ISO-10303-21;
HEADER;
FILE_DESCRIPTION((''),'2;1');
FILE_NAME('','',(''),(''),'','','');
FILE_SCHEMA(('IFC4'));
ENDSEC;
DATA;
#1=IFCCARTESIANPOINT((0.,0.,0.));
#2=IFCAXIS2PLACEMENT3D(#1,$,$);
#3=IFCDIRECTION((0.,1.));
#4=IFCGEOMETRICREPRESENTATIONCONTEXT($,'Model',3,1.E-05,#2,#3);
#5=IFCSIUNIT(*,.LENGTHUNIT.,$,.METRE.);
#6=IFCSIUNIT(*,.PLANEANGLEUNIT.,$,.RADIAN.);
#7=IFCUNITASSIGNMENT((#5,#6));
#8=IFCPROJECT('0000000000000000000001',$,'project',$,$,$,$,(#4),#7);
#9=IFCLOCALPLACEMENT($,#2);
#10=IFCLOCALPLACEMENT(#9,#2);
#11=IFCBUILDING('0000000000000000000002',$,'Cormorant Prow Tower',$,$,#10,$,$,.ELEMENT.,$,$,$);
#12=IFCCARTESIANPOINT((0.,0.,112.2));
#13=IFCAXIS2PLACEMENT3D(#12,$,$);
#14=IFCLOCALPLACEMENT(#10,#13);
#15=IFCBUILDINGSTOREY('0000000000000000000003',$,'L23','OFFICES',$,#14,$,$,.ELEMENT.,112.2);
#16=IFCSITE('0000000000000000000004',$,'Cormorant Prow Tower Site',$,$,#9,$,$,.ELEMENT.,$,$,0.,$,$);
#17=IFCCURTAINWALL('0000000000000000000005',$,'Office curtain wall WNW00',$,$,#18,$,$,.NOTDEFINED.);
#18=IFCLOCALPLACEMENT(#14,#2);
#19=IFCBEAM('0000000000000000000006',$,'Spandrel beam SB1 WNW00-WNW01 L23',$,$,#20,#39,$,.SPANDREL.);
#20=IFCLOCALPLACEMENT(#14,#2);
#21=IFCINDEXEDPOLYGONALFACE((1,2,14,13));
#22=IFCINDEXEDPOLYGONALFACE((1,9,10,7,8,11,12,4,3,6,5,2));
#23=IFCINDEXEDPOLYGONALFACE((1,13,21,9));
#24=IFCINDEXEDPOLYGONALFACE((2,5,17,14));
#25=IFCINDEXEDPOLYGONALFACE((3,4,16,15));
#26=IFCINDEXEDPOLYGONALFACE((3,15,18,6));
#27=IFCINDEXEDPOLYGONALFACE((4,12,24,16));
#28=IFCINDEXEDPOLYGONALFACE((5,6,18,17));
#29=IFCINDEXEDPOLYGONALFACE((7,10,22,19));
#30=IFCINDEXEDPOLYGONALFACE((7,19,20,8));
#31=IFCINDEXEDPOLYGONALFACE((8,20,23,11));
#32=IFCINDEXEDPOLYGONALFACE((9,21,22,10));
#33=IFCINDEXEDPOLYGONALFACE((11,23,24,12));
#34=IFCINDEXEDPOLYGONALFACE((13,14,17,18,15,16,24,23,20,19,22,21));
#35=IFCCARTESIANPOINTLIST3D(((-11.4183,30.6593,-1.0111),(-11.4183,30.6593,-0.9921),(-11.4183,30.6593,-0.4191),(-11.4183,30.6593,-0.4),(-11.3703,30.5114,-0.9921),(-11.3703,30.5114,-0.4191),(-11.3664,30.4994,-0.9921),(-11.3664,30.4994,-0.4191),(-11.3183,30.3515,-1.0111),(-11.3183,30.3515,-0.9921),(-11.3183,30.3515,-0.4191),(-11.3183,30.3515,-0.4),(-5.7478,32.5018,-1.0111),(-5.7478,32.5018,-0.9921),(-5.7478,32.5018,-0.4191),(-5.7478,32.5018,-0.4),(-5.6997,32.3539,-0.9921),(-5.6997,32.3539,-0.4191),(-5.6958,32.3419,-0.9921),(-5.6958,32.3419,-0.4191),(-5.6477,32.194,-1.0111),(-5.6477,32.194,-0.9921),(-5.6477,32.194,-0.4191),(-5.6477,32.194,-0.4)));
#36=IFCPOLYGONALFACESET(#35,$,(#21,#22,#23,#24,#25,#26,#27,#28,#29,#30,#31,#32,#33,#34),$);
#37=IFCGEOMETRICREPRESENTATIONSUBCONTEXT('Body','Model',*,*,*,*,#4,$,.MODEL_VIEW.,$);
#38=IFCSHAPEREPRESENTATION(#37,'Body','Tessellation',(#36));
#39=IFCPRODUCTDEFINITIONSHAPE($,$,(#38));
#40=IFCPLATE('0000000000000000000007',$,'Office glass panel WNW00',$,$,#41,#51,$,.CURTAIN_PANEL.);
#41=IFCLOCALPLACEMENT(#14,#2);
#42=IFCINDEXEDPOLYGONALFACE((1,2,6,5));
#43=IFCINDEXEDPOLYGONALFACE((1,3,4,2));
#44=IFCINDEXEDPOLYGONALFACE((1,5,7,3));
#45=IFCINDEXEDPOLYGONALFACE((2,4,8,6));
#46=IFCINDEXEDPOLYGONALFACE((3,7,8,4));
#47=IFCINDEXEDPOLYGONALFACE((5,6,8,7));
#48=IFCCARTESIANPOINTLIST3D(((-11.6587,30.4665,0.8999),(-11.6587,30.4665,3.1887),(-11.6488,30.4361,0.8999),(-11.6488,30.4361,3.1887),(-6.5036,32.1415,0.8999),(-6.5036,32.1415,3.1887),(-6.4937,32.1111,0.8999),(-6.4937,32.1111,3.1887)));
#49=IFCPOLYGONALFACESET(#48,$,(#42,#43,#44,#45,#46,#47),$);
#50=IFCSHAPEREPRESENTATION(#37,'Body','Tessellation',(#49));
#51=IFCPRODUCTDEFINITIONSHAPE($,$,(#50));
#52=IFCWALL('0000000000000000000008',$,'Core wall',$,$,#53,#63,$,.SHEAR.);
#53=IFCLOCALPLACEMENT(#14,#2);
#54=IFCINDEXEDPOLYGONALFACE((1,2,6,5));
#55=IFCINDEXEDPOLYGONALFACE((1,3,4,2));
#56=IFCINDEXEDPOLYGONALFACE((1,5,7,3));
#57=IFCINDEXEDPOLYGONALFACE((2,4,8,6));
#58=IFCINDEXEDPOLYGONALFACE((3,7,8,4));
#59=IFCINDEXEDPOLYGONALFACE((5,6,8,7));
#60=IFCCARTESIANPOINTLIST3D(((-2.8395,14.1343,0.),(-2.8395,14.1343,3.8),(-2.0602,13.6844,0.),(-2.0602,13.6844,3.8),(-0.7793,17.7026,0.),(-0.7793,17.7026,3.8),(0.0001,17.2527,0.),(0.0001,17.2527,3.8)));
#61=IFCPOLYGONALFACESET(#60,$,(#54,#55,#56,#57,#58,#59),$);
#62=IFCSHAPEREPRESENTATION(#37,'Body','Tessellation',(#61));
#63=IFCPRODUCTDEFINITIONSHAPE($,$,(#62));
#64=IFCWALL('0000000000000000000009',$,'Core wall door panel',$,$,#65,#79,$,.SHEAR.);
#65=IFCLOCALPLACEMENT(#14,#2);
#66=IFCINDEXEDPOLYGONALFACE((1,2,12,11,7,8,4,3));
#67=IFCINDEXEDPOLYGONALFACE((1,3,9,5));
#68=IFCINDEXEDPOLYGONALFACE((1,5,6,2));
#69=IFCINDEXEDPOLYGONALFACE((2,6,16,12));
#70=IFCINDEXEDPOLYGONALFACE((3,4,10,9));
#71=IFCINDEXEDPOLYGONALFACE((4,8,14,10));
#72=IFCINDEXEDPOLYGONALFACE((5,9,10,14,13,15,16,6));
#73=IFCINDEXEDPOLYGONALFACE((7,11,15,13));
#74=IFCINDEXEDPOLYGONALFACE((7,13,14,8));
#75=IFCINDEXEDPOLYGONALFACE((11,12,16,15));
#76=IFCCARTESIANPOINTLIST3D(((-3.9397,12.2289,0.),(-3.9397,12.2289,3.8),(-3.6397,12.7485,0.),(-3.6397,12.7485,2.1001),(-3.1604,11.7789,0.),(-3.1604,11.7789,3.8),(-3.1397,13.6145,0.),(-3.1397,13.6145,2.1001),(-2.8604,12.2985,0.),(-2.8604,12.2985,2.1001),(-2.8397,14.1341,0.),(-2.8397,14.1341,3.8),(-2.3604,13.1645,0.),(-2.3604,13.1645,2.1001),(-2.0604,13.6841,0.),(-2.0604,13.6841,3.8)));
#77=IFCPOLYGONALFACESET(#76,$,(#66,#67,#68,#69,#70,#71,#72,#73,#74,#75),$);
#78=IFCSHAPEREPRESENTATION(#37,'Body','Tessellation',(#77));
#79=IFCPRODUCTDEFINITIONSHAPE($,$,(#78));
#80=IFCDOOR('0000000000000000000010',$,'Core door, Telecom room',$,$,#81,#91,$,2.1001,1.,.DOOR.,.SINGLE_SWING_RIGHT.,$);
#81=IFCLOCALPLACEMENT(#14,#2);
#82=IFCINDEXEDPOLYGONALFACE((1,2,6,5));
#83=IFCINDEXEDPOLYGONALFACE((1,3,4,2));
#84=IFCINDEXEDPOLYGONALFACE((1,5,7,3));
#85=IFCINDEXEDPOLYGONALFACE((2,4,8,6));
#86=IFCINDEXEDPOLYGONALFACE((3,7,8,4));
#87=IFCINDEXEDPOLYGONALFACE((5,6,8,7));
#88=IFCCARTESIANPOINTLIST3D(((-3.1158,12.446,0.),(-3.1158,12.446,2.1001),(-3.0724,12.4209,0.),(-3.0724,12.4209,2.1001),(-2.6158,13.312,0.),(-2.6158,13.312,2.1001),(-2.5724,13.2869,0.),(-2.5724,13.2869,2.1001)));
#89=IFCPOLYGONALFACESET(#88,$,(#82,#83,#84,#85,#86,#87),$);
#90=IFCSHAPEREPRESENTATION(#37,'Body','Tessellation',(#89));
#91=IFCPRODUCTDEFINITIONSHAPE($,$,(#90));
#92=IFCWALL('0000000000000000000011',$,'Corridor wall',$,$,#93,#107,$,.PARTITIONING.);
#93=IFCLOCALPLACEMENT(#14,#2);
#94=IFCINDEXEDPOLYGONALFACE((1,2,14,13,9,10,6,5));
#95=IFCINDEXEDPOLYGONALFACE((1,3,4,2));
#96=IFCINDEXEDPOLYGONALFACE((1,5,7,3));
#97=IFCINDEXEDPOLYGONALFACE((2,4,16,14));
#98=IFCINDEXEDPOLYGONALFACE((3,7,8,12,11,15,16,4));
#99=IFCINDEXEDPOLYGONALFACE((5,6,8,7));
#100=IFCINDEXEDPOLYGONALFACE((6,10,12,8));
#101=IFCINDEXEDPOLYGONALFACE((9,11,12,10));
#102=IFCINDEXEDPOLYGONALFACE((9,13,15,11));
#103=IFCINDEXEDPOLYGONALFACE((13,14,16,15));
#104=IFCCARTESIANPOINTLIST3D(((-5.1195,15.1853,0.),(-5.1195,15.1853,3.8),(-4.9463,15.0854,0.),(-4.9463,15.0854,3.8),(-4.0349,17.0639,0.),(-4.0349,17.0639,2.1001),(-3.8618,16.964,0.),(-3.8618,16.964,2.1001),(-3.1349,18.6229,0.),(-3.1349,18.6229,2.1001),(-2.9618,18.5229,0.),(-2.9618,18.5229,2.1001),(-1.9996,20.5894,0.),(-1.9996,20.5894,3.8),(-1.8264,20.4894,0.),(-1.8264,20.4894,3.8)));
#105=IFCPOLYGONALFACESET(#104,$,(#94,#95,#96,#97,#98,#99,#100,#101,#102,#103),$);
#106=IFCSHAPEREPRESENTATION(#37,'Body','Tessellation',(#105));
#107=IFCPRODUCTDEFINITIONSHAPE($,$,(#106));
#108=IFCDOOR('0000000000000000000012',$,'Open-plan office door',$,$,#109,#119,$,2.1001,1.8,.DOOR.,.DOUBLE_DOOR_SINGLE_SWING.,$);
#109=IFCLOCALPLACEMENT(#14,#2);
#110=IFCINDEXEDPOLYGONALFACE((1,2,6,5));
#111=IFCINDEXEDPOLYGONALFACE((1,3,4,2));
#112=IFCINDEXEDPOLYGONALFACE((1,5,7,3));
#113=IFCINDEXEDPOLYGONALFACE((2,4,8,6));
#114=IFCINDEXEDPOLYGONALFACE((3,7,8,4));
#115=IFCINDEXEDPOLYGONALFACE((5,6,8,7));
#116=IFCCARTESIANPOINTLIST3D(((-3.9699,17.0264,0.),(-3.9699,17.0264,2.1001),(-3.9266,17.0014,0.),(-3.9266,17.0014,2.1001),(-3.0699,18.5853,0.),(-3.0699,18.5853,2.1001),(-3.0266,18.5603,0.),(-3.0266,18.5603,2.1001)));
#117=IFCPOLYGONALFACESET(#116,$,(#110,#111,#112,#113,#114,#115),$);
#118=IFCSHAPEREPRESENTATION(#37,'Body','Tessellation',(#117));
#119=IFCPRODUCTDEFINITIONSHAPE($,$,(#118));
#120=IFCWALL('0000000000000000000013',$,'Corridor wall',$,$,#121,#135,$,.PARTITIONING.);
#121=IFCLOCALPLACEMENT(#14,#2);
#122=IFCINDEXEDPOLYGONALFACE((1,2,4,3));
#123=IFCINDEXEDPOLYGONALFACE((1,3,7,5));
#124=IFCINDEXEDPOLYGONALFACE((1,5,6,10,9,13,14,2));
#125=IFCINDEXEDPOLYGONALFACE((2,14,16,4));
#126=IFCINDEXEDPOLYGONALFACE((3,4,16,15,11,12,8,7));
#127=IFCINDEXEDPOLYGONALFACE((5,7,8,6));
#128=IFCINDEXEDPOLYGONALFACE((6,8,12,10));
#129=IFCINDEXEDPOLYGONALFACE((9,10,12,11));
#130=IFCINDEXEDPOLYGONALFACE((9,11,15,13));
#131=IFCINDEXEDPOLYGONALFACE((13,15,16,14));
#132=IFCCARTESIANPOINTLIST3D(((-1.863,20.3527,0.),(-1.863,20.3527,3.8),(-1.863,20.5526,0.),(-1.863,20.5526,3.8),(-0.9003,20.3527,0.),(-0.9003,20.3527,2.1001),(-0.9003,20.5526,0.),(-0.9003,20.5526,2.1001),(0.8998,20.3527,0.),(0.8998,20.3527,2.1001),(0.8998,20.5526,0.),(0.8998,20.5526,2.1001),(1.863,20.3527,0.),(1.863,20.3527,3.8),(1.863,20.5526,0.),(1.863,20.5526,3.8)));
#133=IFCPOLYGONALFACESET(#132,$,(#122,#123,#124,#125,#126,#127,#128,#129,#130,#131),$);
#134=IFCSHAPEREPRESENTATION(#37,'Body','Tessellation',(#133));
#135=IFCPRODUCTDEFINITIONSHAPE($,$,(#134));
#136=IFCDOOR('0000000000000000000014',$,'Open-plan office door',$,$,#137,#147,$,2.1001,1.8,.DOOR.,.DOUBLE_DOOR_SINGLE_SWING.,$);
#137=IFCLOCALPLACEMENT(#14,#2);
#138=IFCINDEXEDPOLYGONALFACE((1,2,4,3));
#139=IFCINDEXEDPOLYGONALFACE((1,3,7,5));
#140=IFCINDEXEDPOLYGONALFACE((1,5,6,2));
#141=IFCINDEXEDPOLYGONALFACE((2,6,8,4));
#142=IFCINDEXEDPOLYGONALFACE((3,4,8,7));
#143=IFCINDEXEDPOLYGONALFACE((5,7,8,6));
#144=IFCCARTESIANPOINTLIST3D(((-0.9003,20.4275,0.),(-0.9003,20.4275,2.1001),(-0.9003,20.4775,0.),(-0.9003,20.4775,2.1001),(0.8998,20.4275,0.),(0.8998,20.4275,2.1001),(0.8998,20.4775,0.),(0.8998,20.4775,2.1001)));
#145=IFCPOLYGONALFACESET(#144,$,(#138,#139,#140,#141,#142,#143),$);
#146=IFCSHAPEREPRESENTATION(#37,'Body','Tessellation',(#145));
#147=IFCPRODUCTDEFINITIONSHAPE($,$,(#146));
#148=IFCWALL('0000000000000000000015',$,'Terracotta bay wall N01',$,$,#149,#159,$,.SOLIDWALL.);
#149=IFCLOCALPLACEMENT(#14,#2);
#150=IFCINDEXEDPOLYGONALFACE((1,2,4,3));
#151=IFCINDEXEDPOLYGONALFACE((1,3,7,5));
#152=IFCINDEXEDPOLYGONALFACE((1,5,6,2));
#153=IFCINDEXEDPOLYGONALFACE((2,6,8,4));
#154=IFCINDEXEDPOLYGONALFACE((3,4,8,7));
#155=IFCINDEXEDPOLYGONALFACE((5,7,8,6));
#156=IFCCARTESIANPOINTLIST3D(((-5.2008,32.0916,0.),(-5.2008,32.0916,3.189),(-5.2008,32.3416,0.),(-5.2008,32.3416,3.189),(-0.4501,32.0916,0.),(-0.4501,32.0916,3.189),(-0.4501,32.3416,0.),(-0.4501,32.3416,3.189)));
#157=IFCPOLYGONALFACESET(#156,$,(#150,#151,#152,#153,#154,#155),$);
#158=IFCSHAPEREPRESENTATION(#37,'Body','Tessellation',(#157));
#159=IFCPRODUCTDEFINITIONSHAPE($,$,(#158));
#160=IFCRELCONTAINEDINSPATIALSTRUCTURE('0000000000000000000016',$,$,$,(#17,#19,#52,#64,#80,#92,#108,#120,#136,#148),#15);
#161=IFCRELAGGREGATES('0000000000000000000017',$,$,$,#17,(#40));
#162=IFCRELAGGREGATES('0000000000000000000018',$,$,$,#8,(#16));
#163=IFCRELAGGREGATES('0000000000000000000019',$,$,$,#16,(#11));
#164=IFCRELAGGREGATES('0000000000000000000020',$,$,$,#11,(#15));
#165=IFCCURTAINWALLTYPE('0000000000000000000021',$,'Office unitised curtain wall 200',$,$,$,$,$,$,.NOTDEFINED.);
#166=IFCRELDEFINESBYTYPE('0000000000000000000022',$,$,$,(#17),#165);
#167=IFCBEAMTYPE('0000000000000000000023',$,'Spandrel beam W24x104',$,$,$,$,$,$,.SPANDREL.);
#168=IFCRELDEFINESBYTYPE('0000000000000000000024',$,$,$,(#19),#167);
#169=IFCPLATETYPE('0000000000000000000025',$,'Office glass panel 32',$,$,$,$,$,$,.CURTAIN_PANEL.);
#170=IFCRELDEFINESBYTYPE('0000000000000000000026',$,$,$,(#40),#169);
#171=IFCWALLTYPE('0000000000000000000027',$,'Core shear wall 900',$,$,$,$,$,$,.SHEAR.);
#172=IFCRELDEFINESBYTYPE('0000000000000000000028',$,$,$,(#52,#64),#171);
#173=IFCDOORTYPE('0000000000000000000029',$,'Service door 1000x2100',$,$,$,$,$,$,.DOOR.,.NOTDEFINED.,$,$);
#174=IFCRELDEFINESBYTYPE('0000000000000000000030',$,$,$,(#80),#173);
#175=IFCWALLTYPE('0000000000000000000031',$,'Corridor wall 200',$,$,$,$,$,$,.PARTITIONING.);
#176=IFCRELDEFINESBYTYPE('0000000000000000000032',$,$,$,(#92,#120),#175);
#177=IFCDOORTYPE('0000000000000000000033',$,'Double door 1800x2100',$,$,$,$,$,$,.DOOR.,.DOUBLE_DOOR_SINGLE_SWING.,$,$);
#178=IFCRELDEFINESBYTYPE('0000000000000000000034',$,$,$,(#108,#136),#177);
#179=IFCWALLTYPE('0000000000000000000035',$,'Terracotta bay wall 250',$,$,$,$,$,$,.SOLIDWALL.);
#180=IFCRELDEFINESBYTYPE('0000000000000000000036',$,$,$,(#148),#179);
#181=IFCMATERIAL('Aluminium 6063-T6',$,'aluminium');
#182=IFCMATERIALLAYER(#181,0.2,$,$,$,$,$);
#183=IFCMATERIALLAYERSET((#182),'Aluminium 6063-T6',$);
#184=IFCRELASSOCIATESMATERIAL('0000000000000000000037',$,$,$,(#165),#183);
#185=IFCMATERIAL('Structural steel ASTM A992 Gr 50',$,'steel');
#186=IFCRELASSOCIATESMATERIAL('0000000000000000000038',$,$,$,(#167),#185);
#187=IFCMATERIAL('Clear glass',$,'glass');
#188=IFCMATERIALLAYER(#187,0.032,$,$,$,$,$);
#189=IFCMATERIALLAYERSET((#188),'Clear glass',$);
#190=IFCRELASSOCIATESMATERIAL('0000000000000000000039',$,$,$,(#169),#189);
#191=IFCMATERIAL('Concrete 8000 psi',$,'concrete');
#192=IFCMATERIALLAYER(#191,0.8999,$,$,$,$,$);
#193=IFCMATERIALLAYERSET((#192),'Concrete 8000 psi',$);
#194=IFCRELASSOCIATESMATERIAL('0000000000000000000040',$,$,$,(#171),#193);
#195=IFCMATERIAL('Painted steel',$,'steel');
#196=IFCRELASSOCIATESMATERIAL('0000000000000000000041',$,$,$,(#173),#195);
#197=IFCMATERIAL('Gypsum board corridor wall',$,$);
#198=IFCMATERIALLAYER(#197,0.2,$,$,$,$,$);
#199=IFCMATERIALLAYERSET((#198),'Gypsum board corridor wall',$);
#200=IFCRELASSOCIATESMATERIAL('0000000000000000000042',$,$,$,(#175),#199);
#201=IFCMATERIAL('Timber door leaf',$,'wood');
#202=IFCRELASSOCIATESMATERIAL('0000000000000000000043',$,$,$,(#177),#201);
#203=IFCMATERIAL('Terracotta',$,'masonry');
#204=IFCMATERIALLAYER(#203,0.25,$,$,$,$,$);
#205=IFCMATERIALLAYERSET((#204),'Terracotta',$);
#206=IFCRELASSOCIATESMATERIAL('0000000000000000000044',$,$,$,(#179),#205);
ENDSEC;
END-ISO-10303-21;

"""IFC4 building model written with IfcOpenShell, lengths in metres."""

from ifc_helpers import new_model, si_unit, direction, frame, frame_2d, origin, origin_2d, place, context, subcontext, project, spatial, rectangle, i_section, extrude, material, layer, layer_set, material_profile, profile_set, type_object, element, fill, aggregate, save


model = new_model("IFC4")

# Units and contexts
model_context = context("Model", 3, precision=1e-05, world=origin(), true_north=direction((0.0, 1.0)))
body_context = subcontext(model_context, "Body", "Model", "MODEL_VIEW")
ifc_project = project(units=[si_unit("LENGTHUNIT", "METRE"), si_unit("PLANEANGLEUNIT", "RADIAN")], contexts=[model_context])

# Site, building, storey
site_placement = place(None, origin())
site = spatial("IfcSite", under=ifc_project, at=site_placement, Name="Cormorant Prow Tower Site", CompositionType="ELEMENT", RefElevation=0.0)
building_placement = place(site_placement, origin())
building = spatial("IfcBuilding", under=site, at=building_placement, Name="Cormorant Prow Tower", CompositionType="ELEMENT")
storey_placement = place(building_placement, frame((0.0, 0.0, 112.2)))
storey = spatial("IfcBuildingStorey", under=building, at=storey_placement, Name="L23", Description="OFFICES", CompositionType="ELEMENT", Elevation=112.2)

# Curtain wall
ifc_material_1 = material(Name="Aluminium 6063-T6", Category="aluminium")
ifc_layer_1 = layer(ifc_material_1, 0.2)
ifc_layer_set_1 = layer_set([ifc_layer_1], Name="Aluminium 6063-T6")
curtain_wall_type = type_object("IfcCurtainWallType", Name="Office unitised curtain wall 200", PredefinedType="NOTDEFINED", material=ifc_layer_set_1)
curtain_wall_placement = place(storey_placement, origin())
curtain_wall = element("IfcCurtainWall", 1, at=curtain_wall_placement, inside=storey, type_object=curtain_wall_type, Name="Office curtain wall WNW00", PredefinedType="NOTDEFINED")

# Beam
ifc_material_2 = material(Name="Structural steel ASTM A992 Gr 50", Category="steel")
ifc_material_profile_1 = material_profile(ifc_material_2, i_section(OverallWidth=0.3237, OverallDepth=0.6111, WebThickness=0.0127, FlangeThickness=0.019, at=origin_2d()), Name="W24x104")
ifc_profile_set_1 = profile_set([ifc_material_profile_1], Name="Structural steel ASTM A992 Gr 50")
beam_type_1 = type_object("IfcBeamType", Name="Spandrel beam W24x104", PredefinedType="SPANDREL", material=ifc_profile_set_1)
beam_1_placement = place(storey_placement, frame((-5.6978, 32.3479, -0.7056), z_axis=(-0.951055, -0.30902, 0.0), x_axis=(0.30902, -0.951055, 0.0)))
element("IfcBeam", 2, at=beam_1_placement, inside=storey, type_object=beam_type_1, Name="Spandrel beam SB1 WNW00-WNW01 L23", PredefinedType="SPANDREL", context=body_context, shape_type="SweptSolid", body=[
    extrude(i_section(OverallWidth=0.3237, OverallDepth=0.6111, WebThickness=0.0127, FlangeThickness=0.019, at=origin_2d()), origin(), (0.0, 0.0, 1.0), 5.9624),
])

# Plate
ifc_material_3 = material(Name="Clear glass", Category="glass")
ifc_layer_2 = layer(ifc_material_3, 0.032)
ifc_layer_set_2 = layer_set([ifc_layer_2], Name="Clear glass")
plate_type = type_object("IfcPlateType", Name="Office glass panel 32", PredefinedType="CURTAIN_PANEL", material=ifc_layer_set_2)
plate_placement = place(storey_placement, frame((-9.0762, 31.2888, 0.8999), z_axis=(0.0, 0.0, 1.0), x_axis=(-0.951057, -0.309017, 0.0)))
plate = element("IfcPlate", 3, at=plate_placement, type_object=plate_type, Name="Office glass panel WNW00", PredefinedType="CURTAIN_PANEL", context=body_context, shape_type="SweptSolid", body=[
    extrude(rectangle(XDim=5.4204, YDim=0.032, at=origin_2d()), origin(), (0.0, 0.0, 1.0), 2.2888),
])
aggregate(curtain_wall, [plate])

# Wall
ifc_material_4 = material(Name="Concrete 8000 psi", Category="concrete")
ifc_layer_3 = layer(ifc_material_4, 0.8999)
ifc_layer_set_3 = layer_set([ifc_layer_3], Name="Concrete 8000 psi")
wall_type_1 = type_object("IfcWallType", Name="Core shear wall 900", PredefinedType="SHEAR", material=ifc_layer_set_3)
wall_1_placement = place(storey_placement, frame((-0.3896, 17.4775, 0.0), z_axis=(0.0, 0.0, 1.0), x_axis=(-0.50002, -0.866014, 0.0)))
element("IfcWall", 4, at=wall_1_placement, inside=storey, type_object=wall_type_1, Name="Core wall", PredefinedType="SHEAR", context=body_context, shape_type="SweptSolid", body=[
    extrude(rectangle(XDim=4.1204, YDim=0.8999, at=frame_2d((2.0601, 0.0))), origin(), (0.0, 0.0, 1.0), 3.8),
])

# Walls, openings, doors
wall_2_placement = place(storey_placement, frame((-2.45, 13.9092, 0.0), z_axis=(0.0, 0.0, 1.0), x_axis=(-0.50003, -0.866008, 0.0)))
wall_2 = element("IfcWall", 5, at=wall_2_placement, inside=storey, type_object=wall_type_1, Name="Core wall door panel", PredefinedType="SHEAR", context=body_context, shape_type="SweptSolid", body=[
    extrude(rectangle(XDim=2.2, YDim=0.8999, at=frame_2d((1.1001, 0.0))), origin(), (0.0, 0.0, 1.0), 3.8),
])
opening_1_placement = place(wall_2_placement, frame((0.6001, 0.0, 0.0)))
opening_1 = element("IfcOpeningElement", 6, at=opening_1_placement, cuts=wall_2, PredefinedType="OPENING", context=body_context, shape_type="SweptSolid", body=[
    extrude(rectangle(XDim=1.0, YDim=2.1001, at=frame_2d((0.5, 1.05))), frame((0.0, 0.46, 0.0), z_axis=(0.0, -1.0, 0.0), x_axis=(1.0, 0.0, 0.0)), (0.0, 0.0, 1.0), 0.9199),
])
ifc_material_5 = material(Name="Painted steel", Category="steel")
door_type_1 = type_object("IfcDoorType", Name="Service door 1000x2100", OperationType="NOTDEFINED", PredefinedType="DOOR", material=ifc_material_5)
door_1_placement = place(opening_1_placement, origin())
door_1 = element("IfcDoor", 7, at=door_1_placement, inside=storey, type_object=door_type_1, Name="Core door, Telecom room", OperationType="SINGLE_SWING_RIGHT", OverallHeight=2.1001, OverallWidth=1.0, PredefinedType="DOOR", context=body_context, shape_type="SweptSolid", body=[
    extrude(rectangle(XDim=1.0, YDim=2.1001, at=frame_2d((0.5, 1.05))), frame((0.0, 0.2051, 0.0), z_axis=(0.0, -1.0, 0.0), x_axis=(1.0, 0.0, 0.0)), (0.0, 0.0, 1.0), 0.05),
])
fill(opening_1, door_1)
ifc_material_6 = material(Name="Gypsum board corridor wall")
ifc_layer_4 = layer(ifc_material_6, 0.2)
ifc_layer_set_4 = layer_set([ifc_layer_4], Name="Gypsum board corridor wall")
wall_type_2 = type_object("IfcWallType", Name="Corridor wall 200", PredefinedType="PARTITIONING", material=ifc_layer_set_4)
wall_3_placement = place(storey_placement, frame((-5.033, 15.1353, 0.0), z_axis=(0.0, 0.0, 1.0), x_axis=(0.499981, 0.866036, 0.0)))
wall_3 = element("IfcWall", 8, at=wall_3_placement, inside=storey, type_object=wall_type_2, Name="Corridor wall", PredefinedType="PARTITIONING", context=body_context, shape_type="SweptSolid", body=[
    extrude(rectangle(XDim=6.24, YDim=0.2, at=frame_2d((3.1201, 0.0))), origin(), (0.0, 0.0, 1.0), 3.8),
])
opening_2_placement = place(wall_3_placement, frame((2.1694, 0.0, 0.0)))
opening_2 = element("IfcOpeningElement", 9, at=opening_2_placement, cuts=wall_3, PredefinedType="OPENING", context=body_context, shape_type="SweptSolid", body=[
    extrude(rectangle(XDim=1.8, YDim=2.1001, at=frame_2d((0.8999, 1.05))), frame((0.0, 0.1099, 0.0), z_axis=(0.0, -1.0, 0.0), x_axis=(1.0, 0.0, 0.0)), (0.0, 0.0, 1.0), 0.22),
])
ifc_material_7 = material(Name="Timber door leaf", Category="wood")
door_type_2 = type_object("IfcDoorType", Name="Double door 1800x2100", OperationType="DOUBLE_DOOR_SINGLE_SWING", PredefinedType="DOOR", material=ifc_material_7)
door_2_placement = place(opening_2_placement, origin())
door_2 = element("IfcDoor", 10, at=door_2_placement, inside=storey, type_object=door_type_2, Name="Open-plan office door", OperationType="DOUBLE_DOOR_SINGLE_SWING", OverallHeight=2.1001, OverallWidth=1.8, PredefinedType="DOOR", context=body_context, shape_type="SweptSolid", body=[
    extrude(rectangle(XDim=1.8, YDim=2.1001, at=frame_2d((0.8999, 1.05))), frame((0.0, 0.0249, 0.0), z_axis=(0.0, -1.0, 0.0), x_axis=(1.0, 0.0, 0.0)), (0.0, 0.0, 1.0), 0.05),
])
fill(opening_2, door_2)
wall_4_placement = place(storey_placement, frame((-1.863, 20.4526, 0.0), z_axis=(0.0, 0.0, 1.0), x_axis=(1.0, 0.0, 0.0)))
wall_4 = element("IfcWall", 11, at=wall_4_placement, inside=storey, type_object=wall_type_2, Name="Corridor wall", PredefinedType="PARTITIONING", context=body_context, shape_type="SweptSolid", body=[
    extrude(rectangle(XDim=3.7261, YDim=0.2, at=frame_2d((1.863, 0.0))), origin(), (0.0, 0.0, 1.0), 3.8),
])
opening_3_placement = place(wall_4_placement, frame((0.9629, 0.0, 0.0)))
opening_3 = element("IfcOpeningElement", 12, at=opening_3_placement, cuts=wall_4, PredefinedType="OPENING", context=body_context, shape_type="SweptSolid", body=[
    extrude(rectangle(XDim=1.8, YDim=2.1001, at=frame_2d((0.8999, 1.05))), frame((0.0, 0.1099, 0.0), z_axis=(0.0, -1.0, 0.0), x_axis=(1.0, 0.0, 0.0)), (0.0, 0.0, 1.0), 0.22),
])
door_3_placement = place(opening_3_placement, origin())
door_3 = element("IfcDoor", 13, at=door_3_placement, inside=storey, type_object=door_type_2, Name="Open-plan office door", OperationType="DOUBLE_DOOR_SINGLE_SWING", OverallHeight=2.1001, OverallWidth=1.8, PredefinedType="DOOR", context=body_context, shape_type="SweptSolid", body=[
    extrude(rectangle(XDim=1.8, YDim=2.1001, at=frame_2d((0.8999, 1.05))), frame((0.0, 0.0249, 0.0), z_axis=(0.0, -1.0, 0.0), x_axis=(1.0, 0.0, 0.0)), (0.0, 0.0, 1.0), 0.05),
])
fill(opening_3, door_3)

# Wall
ifc_material_8 = material(Name="Terracotta", Category="masonry")
ifc_layer_5 = layer(ifc_material_8, 0.25)
ifc_layer_set_5 = layer_set([ifc_layer_5], Name="Terracotta")
wall_type_3 = type_object("IfcWallType", Name="Terracotta bay wall 250", PredefinedType="SOLIDWALL", material=ifc_layer_set_5)
wall_5_placement = place(storey_placement, frame((-0.45, 32.2166, 0.0), z_axis=(0.0, 0.0, 1.0), x_axis=(-1.0, 0.0, 0.0)))
element("IfcWall", 14, at=wall_5_placement, inside=storey, type_object=wall_type_3, Name="Terracotta bay wall N01", PredefinedType="SOLIDWALL", context=body_context, shape_type="SweptSolid", body=[
    extrude(rectangle(XDim=4.7507, YDim=0.25, at=frame_2d((2.3755, 0.0))), origin(), (0.0, 0.0, 1.0), 3.189),
])

save(model, "model.ifc")
